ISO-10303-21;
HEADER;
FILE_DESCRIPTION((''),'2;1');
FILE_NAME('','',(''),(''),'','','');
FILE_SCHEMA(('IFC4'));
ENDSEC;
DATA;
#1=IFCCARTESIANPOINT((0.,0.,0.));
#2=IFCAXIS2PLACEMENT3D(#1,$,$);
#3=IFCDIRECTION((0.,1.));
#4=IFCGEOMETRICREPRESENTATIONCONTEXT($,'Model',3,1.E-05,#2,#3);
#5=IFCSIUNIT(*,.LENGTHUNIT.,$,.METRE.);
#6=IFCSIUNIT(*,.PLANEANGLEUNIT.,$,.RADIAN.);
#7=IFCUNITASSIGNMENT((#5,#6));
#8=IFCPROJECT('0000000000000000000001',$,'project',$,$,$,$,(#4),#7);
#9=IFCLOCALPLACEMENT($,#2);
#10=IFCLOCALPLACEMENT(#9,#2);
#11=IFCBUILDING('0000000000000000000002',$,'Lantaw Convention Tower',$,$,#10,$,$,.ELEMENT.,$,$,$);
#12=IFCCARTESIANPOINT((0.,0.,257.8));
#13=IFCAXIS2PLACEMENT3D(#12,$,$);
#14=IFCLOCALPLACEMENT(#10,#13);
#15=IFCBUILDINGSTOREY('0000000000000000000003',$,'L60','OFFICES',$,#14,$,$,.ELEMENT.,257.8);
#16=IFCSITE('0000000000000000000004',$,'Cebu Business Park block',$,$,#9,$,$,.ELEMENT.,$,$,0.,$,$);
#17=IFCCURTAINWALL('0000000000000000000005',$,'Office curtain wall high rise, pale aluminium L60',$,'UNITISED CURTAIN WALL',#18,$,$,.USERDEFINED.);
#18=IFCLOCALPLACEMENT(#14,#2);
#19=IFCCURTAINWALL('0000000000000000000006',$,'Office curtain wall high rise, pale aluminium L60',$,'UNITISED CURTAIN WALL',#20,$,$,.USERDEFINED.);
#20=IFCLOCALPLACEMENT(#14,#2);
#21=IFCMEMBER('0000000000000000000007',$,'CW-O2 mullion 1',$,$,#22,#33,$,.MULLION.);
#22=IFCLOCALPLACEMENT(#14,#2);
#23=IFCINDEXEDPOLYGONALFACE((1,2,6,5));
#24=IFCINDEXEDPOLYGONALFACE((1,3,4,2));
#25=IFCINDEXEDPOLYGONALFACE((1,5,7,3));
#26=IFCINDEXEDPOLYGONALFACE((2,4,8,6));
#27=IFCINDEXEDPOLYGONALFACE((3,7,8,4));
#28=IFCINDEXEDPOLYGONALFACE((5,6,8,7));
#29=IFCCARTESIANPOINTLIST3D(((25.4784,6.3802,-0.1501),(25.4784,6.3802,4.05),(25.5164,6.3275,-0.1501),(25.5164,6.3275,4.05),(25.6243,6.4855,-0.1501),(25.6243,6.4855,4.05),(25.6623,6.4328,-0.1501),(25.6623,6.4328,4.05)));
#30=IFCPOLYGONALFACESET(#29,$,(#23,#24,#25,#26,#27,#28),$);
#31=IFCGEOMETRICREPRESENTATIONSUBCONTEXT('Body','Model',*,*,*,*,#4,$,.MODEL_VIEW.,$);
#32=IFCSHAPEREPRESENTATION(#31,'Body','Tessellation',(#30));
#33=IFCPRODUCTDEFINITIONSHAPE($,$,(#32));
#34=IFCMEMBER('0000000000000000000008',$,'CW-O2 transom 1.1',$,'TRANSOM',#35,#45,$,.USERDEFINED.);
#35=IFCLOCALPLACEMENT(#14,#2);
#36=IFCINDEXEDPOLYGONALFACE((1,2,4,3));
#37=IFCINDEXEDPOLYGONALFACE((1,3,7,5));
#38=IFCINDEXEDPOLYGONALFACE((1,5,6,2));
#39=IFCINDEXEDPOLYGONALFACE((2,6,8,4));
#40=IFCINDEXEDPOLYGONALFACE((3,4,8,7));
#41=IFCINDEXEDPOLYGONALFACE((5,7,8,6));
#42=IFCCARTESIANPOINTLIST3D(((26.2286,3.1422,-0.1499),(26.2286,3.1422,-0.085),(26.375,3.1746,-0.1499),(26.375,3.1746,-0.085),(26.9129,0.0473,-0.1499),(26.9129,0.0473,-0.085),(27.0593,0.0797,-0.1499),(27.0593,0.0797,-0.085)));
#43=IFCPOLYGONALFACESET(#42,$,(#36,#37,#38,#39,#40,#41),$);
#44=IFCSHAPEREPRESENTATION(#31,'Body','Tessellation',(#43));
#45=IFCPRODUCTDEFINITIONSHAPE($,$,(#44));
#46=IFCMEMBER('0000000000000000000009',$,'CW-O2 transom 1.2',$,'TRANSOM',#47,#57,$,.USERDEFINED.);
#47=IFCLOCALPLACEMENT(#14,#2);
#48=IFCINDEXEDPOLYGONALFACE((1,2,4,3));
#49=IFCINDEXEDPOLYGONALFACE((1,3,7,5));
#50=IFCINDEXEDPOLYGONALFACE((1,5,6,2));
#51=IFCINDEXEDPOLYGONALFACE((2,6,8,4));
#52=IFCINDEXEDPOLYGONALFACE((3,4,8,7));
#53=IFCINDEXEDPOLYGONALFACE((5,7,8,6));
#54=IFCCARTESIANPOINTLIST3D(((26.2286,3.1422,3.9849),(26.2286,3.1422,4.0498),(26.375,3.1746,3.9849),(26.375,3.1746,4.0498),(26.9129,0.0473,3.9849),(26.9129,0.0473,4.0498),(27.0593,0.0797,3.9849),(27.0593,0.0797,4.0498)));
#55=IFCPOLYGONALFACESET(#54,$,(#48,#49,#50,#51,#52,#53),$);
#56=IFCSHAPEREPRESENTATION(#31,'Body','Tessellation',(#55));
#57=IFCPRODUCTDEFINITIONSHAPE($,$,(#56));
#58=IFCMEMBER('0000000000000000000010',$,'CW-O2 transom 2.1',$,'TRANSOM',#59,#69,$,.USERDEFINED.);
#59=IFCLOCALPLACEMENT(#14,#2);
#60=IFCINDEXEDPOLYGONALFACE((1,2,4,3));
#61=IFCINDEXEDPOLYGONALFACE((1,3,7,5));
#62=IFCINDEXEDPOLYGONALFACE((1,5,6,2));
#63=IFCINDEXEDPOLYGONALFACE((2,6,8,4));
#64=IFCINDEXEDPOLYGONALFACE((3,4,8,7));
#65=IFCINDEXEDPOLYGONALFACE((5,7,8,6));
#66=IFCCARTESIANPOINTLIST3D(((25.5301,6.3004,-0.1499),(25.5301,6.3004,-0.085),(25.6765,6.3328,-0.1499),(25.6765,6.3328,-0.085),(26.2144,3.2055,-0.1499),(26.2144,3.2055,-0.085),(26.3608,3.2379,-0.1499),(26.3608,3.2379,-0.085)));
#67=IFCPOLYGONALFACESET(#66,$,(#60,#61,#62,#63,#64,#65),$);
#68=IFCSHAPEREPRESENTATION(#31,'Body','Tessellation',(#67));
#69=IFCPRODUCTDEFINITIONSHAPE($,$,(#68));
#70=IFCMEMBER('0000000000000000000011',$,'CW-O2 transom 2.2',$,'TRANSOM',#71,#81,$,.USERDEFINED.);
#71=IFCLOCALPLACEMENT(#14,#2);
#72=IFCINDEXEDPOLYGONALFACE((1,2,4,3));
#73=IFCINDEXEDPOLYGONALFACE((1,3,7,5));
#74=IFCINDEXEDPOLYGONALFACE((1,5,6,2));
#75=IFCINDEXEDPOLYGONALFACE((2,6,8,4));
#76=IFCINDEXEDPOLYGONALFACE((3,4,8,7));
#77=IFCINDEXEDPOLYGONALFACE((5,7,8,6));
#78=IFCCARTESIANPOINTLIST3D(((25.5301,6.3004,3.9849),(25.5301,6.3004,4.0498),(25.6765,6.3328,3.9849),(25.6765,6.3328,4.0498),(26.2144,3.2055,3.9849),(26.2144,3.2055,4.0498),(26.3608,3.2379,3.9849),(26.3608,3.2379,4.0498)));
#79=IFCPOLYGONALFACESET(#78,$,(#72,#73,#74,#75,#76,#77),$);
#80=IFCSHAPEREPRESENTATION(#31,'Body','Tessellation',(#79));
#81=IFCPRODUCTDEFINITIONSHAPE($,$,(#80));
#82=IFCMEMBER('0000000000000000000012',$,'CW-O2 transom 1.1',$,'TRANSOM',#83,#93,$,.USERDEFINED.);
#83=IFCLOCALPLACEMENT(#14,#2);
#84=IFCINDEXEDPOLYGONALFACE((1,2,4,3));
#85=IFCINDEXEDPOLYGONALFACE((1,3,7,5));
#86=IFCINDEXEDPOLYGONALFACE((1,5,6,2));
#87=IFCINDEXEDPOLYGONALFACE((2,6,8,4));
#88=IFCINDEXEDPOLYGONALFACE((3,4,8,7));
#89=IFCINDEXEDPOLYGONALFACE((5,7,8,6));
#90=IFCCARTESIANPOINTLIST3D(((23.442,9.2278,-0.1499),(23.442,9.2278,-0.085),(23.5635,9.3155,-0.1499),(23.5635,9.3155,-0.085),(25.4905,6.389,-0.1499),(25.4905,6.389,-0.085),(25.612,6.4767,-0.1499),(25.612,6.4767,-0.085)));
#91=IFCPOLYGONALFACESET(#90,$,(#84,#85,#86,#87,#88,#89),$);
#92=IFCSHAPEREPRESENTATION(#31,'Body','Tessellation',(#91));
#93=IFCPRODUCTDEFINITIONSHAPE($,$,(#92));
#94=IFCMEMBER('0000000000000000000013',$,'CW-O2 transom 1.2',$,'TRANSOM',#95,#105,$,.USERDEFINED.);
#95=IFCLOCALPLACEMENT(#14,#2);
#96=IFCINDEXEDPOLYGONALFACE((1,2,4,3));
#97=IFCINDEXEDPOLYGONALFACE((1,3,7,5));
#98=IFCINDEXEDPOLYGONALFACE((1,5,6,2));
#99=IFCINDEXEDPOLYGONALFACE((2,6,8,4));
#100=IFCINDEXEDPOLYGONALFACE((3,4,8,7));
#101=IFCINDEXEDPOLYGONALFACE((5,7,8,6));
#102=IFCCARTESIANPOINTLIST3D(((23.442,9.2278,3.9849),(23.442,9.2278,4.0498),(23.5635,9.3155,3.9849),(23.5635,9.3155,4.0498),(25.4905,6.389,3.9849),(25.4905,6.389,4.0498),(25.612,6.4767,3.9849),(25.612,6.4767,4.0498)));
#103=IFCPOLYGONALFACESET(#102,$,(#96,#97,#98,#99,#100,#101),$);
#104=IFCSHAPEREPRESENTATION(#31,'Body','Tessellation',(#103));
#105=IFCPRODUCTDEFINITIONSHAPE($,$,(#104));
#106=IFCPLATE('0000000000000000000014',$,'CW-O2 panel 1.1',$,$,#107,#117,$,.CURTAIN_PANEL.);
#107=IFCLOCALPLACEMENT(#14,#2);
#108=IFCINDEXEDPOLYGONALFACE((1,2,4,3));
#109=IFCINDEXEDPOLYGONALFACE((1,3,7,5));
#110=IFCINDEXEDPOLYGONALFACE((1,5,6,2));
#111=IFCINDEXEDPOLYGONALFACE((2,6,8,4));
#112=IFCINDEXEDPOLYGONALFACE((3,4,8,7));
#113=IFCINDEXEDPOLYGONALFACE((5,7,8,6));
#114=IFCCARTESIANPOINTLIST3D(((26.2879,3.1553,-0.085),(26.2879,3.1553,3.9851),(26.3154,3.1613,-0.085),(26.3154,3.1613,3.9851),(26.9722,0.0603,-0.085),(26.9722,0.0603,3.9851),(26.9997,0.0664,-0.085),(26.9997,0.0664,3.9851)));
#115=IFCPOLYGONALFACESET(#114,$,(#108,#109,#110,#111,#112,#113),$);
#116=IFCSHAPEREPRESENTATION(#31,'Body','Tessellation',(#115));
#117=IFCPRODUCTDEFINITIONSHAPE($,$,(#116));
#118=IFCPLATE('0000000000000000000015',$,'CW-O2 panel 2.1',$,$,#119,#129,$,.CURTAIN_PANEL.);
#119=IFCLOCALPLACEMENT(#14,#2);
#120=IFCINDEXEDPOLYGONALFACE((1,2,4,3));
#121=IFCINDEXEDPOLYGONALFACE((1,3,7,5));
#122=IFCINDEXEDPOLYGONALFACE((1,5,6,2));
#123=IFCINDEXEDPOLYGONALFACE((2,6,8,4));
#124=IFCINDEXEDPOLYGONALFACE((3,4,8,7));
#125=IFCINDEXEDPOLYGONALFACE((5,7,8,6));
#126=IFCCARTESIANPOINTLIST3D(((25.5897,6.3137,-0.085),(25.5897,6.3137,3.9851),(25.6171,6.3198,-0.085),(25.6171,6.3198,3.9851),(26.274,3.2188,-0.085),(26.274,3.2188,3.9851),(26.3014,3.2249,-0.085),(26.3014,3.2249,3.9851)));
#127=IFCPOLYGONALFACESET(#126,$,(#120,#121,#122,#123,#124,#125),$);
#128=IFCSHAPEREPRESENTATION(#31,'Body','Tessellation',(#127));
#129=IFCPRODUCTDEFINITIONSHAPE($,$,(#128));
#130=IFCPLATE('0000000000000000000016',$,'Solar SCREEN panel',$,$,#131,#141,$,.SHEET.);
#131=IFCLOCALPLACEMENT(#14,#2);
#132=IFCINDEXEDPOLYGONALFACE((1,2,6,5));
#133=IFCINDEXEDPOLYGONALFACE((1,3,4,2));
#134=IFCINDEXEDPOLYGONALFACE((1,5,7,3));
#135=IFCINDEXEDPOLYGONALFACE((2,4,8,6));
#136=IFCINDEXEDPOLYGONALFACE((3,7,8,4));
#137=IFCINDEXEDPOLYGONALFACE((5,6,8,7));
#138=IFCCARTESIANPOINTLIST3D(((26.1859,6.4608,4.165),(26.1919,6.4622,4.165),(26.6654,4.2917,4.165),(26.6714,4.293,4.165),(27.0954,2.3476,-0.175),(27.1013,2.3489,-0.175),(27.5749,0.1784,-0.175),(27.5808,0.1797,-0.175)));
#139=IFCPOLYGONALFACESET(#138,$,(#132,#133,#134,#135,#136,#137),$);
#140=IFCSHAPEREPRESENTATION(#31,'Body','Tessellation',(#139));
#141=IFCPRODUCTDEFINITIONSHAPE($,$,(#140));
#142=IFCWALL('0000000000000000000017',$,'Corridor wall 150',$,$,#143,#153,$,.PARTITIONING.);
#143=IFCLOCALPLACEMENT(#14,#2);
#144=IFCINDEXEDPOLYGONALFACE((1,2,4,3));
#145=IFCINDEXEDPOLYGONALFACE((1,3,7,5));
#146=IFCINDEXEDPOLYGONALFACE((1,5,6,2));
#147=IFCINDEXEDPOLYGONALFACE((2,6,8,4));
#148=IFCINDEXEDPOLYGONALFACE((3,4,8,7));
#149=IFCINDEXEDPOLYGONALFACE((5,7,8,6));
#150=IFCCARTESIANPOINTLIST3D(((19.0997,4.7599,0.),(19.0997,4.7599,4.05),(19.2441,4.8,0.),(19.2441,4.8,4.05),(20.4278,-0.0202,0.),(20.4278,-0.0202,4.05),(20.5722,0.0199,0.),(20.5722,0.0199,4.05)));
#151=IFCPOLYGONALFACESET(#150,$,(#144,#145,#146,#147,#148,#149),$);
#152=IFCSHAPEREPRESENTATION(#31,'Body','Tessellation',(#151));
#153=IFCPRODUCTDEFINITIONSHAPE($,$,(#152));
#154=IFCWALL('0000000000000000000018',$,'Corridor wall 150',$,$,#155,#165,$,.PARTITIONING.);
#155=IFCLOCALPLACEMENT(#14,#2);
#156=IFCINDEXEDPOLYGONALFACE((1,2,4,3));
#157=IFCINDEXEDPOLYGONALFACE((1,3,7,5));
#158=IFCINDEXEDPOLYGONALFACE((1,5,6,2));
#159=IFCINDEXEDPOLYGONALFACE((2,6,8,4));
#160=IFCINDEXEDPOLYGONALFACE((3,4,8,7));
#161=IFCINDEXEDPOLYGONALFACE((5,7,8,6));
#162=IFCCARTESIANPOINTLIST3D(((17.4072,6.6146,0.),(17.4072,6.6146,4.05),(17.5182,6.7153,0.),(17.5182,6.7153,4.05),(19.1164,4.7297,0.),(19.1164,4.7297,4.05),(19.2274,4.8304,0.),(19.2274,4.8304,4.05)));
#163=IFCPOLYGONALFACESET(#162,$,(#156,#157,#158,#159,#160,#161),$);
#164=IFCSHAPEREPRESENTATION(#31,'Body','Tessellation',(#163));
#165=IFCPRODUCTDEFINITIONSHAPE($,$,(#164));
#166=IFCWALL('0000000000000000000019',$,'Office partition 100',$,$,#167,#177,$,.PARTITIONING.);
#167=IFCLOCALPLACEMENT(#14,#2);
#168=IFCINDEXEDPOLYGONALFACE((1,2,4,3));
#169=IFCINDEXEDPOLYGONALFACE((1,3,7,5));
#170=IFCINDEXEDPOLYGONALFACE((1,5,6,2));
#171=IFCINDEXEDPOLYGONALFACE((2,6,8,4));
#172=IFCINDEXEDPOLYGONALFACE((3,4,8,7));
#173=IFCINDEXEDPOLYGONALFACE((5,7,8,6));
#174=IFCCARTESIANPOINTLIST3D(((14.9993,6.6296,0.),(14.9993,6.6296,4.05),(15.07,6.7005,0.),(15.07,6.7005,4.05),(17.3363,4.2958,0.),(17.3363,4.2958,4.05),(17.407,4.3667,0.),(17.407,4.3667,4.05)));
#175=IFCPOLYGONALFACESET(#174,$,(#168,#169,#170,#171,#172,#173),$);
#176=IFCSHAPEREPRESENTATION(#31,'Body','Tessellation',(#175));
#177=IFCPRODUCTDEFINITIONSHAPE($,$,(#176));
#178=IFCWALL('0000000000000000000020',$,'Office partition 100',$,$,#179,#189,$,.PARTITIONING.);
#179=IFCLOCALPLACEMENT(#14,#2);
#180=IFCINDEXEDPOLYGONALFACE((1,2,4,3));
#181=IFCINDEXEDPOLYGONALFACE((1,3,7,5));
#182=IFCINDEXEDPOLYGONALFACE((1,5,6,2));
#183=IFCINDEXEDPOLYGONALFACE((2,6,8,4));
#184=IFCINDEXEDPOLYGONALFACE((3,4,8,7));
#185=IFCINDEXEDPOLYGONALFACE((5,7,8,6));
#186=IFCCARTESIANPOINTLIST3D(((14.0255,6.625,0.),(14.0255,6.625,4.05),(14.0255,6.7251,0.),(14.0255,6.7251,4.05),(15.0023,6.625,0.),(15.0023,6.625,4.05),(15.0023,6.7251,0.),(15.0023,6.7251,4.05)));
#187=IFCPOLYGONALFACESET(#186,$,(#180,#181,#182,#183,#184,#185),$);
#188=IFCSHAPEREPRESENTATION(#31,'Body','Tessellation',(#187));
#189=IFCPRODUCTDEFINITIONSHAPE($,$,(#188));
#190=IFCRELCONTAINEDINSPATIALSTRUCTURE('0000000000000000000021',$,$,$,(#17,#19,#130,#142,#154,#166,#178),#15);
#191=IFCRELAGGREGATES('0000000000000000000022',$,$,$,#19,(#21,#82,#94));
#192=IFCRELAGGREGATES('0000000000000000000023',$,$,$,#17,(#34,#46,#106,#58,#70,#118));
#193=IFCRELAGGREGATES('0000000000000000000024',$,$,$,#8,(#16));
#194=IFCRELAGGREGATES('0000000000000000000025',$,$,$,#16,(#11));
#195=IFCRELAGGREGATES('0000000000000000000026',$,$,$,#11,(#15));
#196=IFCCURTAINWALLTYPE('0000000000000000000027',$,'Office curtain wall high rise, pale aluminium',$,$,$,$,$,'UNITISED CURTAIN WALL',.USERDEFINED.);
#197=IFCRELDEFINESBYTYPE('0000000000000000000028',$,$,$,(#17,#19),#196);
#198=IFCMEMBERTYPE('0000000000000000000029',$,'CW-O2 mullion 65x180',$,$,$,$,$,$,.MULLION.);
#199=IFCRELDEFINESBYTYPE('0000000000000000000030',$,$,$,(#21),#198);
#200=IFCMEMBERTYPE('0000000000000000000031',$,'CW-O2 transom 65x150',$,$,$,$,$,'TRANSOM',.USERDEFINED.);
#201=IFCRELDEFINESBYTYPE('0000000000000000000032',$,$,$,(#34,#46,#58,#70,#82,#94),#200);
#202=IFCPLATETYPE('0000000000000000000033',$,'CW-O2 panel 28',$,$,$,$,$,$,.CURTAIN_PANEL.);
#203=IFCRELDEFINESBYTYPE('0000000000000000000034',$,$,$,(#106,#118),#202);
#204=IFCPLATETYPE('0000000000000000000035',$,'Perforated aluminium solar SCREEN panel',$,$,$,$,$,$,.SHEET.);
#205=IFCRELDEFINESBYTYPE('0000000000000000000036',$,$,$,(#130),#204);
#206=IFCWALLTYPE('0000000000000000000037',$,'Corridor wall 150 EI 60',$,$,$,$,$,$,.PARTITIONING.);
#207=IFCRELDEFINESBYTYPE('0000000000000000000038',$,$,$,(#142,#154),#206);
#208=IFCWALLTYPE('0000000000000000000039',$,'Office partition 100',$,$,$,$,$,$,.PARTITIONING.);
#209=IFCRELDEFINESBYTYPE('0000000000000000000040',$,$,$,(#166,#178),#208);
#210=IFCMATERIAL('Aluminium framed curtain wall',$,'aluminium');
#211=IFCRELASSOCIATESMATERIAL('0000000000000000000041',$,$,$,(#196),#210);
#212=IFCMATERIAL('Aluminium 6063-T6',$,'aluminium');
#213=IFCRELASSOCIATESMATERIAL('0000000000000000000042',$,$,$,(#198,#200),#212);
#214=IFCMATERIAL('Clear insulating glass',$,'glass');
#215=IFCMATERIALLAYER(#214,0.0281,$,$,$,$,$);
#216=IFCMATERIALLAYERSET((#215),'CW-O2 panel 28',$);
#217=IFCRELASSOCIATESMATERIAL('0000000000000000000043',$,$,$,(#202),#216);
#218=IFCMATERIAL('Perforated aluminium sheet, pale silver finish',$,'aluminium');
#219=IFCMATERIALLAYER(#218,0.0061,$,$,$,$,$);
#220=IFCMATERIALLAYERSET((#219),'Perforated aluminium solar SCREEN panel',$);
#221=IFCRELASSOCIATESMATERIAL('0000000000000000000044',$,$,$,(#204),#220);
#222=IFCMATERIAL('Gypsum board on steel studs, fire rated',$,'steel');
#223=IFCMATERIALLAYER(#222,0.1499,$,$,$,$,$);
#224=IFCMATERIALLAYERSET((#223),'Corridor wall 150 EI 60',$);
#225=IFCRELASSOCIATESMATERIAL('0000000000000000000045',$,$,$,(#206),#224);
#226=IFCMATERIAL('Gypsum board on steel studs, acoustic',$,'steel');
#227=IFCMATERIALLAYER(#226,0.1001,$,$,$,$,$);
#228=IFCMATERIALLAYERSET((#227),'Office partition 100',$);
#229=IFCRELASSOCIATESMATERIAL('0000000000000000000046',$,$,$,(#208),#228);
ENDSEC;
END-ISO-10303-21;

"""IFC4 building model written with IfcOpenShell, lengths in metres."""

from ifc_helpers import new_model, si_unit, direction, frame, frame_2d, origin, origin_2d, place, context, subcontext, project, spatial, polyline, rectangle, outline, extrude, material, layer, layer_set, material_profile, profile_set, type_object, element, aggregate, save


model = new_model("IFC4")

# Units and contexts
model_context = context("Model", 3, precision=1e-05, world=origin(), true_north=direction((0.0, 1.0)))
body_context = subcontext(model_context, "Body", "Model", "MODEL_VIEW")
ifc_project = project(units=[si_unit("LENGTHUNIT", "METRE"), si_unit("PLANEANGLEUNIT", "RADIAN")], contexts=[model_context])

# Site, building, storey
site_placement = place(None, origin())
site = spatial("IfcSite", under=ifc_project, at=site_placement, Name="Cebu Business Park block", CompositionType="ELEMENT", RefElevation=0.0)
building_placement = place(site_placement, origin())
building = spatial("IfcBuilding", under=site, at=building_placement, Name="Lantaw Convention Tower", CompositionType="ELEMENT")
storey_placement = place(building_placement, frame((0.0, 0.0, 257.8)))
storey = spatial("IfcBuildingStorey", under=building, at=storey_placement, Name="L60", Description="OFFICES", CompositionType="ELEMENT", Elevation=257.8)

# Curtain wall
ifc_material_1 = material(Name="Aluminium framed curtain wall", Category="aluminium")
curtain_wall_type = type_object("IfcCurtainWallType", Name="Office curtain wall high rise, pale aluminium", ElementType="UNITISED CURTAIN WALL", PredefinedType="USERDEFINED", material=ifc_material_1)
curtain_wall_1_placement = place(storey_placement, origin())
curtain_wall_1 = element("IfcCurtainWall", 1, at=curtain_wall_1_placement, inside=storey, type_object=curtain_wall_type, Name="Office curtain wall high rise, pale aluminium L60", ObjectType="UNITISED CURTAIN WALL", PredefinedType="USERDEFINED")
ifc_material_2 = material(Name="Aluminium 6063-T6", Category="aluminium")
ifc_material_profile_1 = material_profile(ifc_material_2, rectangle(XDim=0.1799, YDim=0.0649, at=origin_2d()), Name="CW-O2 mullion 65x180")
ifc_profile_set_1 = profile_set([ifc_material_profile_1], Name="Aluminium 6063-T6")
member_type_1 = type_object("IfcMemberType", Name="CW-O2 mullion 65x180", PredefinedType="MULLION", material=ifc_profile_set_1)

# Curtain wall, member
curtain_wall_2_placement = place(storey_placement, origin())
curtain_wall_2 = element("IfcCurtainWall", 2, at=curtain_wall_2_placement, inside=storey, type_object=curtain_wall_type, Name="Office curtain wall high rise, pale aluminium L60", ObjectType="UNITISED CURTAIN WALL", PredefinedType="USERDEFINED")
member_1_placement = place(storey_placement, frame((25.5703, 6.4065, -0.1501), z_axis=(0.0, 0.0, 1.0), x_axis=(-0.81092, -0.585158, 0.0)))
member_1 = element("IfcMember", 3, at=member_1_placement, type_object=member_type_1, Name="CW-O2 mullion 1", PredefinedType="MULLION", context=body_context, shape_type="SweptSolid", body=[
    extrude(rectangle(XDim=0.1799, YDim=0.0649, at=origin_2d()), origin(), (0.0, 0.0, 1.0), 4.2002),
])

# Members
ifc_material_profile_2 = material_profile(ifc_material_2, rectangle(XDim=0.1499, YDim=0.0649, at=origin_2d()), Name="CW-O2 transom 65x150")
ifc_profile_set_2 = profile_set([ifc_material_profile_2], Name="Aluminium 6063-T6")
member_type_2 = type_object("IfcMemberType", Name="CW-O2 transom 65x150", ElementType="TRANSOM", PredefinedType="USERDEFINED", material=ifc_profile_set_2)
member_2_placement = place(storey_placement, frame((26.9861, 0.0635, -0.1174), z_axis=(-0.215895, 0.976417, 0.0), x_axis=(-0.976417, -0.215895, 0.0)))
member_2 = element("IfcMember", 4, at=member_2_placement, type_object=member_type_2, Name="CW-O2 transom 1.1", ObjectType="TRANSOM", PredefinedType="USERDEFINED", context=body_context, shape_type="SweptSolid", body=[
    extrude(rectangle(XDim=0.1499, YDim=0.0649, at=origin_2d()), origin(), (0.0, 0.0, 1.0), 3.1697),
])
member_3_placement = place(storey_placement, frame((26.9861, 0.0635, 4.0173), z_axis=(-0.215895, 0.976417, 0.0), x_axis=(-0.976417, -0.215895, 0.0)))
member_3 = element("IfcMember", 5, at=member_3_placement, type_object=member_type_2, Name="CW-O2 transom 1.2", ObjectType="TRANSOM", PredefinedType="USERDEFINED", context=body_context, shape_type="SweptSolid", body=[
    extrude(rectangle(XDim=0.1499, YDim=0.0649, at=origin_2d()), origin(), (0.0, 0.0, 1.0), 3.1697),
])
member_4_placement = place(storey_placement, frame((26.2876, 3.2217, -0.1174), z_axis=(-0.215895, 0.976417, 0.0), x_axis=(-0.976417, -0.215895, 0.0)))
member_4 = element("IfcMember", 6, at=member_4_placement, type_object=member_type_2, Name="CW-O2 transom 2.1", ObjectType="TRANSOM", PredefinedType="USERDEFINED", context=body_context, shape_type="SweptSolid", body=[
    extrude(rectangle(XDim=0.1499, YDim=0.0649, at=origin_2d()), origin(), (0.0, 0.0, 1.0), 3.1697),
])
member_5_placement = place(storey_placement, frame((26.2876, 3.2217, 4.0173), z_axis=(-0.215895, 0.976417, 0.0), x_axis=(-0.976417, -0.215895, 0.0)))
member_5 = element("IfcMember", 7, at=member_5_placement, type_object=member_type_2, Name="CW-O2 transom 2.2", ObjectType="TRANSOM", PredefinedType="USERDEFINED", context=body_context, shape_type="SweptSolid", body=[
    extrude(rectangle(XDim=0.1499, YDim=0.0649, at=origin_2d()), origin(), (0.0, 0.0, 1.0), 3.1697),
])
member_6_placement = place(storey_placement, frame((25.5513, 6.4329, -0.1174), z_axis=(-0.58517, 0.810911, 0.0), x_axis=(-0.810911, -0.58517, 0.0)))
member_6 = element("IfcMember", 8, at=member_6_placement, type_object=member_type_2, Name="CW-O2 transom 1.1", ObjectType="TRANSOM", PredefinedType="USERDEFINED", context=body_context, shape_type="SweptSolid", body=[
    extrude(rectangle(XDim=0.1499, YDim=0.0649, at=origin_2d()), origin(), (0.0, 0.0, 1.0), 3.5007),
])
member_7_placement = place(storey_placement, frame((25.5513, 6.4329, 4.0173), z_axis=(-0.58517, 0.810911, 0.0), x_axis=(-0.810911, -0.58517, 0.0)))
member_7 = element("IfcMember", 9, at=member_7_placement, type_object=member_type_2, Name="CW-O2 transom 1.2", ObjectType="TRANSOM", PredefinedType="USERDEFINED", context=body_context, shape_type="SweptSolid", body=[
    extrude(rectangle(XDim=0.1499, YDim=0.0649, at=origin_2d()), origin(), (0.0, 0.0, 1.0), 3.5007),
])
aggregate(curtain_wall_2, [member_1, member_6, member_7])

# Plates
ifc_material_3 = material(Name="Clear insulating glass", Category="glass")
ifc_layer_1 = layer(ifc_material_3, 0.0281)
ifc_layer_set_1 = layer_set([ifc_layer_1], Name="CW-O2 panel 28")
plate_type_1 = type_object("IfcPlateType", Name="CW-O2 panel 28", PredefinedType="CURTAIN_PANEL", material=ifc_layer_set_1)
plate_1_placement = place(storey_placement, frame((26.6438, 1.6108, -0.085), z_axis=(0.0, 0.0, 1.0), x_axis=(-0.215891, 0.976417, 0.0)))
plate_1 = element("IfcPlate", 10, at=plate_1_placement, type_object=plate_type_1, Name="CW-O2 panel 1.1", PredefinedType="CURTAIN_PANEL", context=body_context, shape_type="SweptSolid", body=[
    extrude(rectangle(XDim=3.1697, YDim=0.0281, at=origin_2d()), origin(), (0.0, 0.0, 1.0), 4.0701),
])
plate_2_placement = place(storey_placement, frame((25.9456, 4.7693, -0.085), z_axis=(0.0, 0.0, 1.0), x_axis=(-0.215891, 0.976417, 0.0)))
plate_2 = element("IfcPlate", 11, at=plate_2_placement, type_object=plate_type_1, Name="CW-O2 panel 2.1", PredefinedType="CURTAIN_PANEL", context=body_context, shape_type="SweptSolid", body=[
    extrude(rectangle(XDim=3.1697, YDim=0.0281, at=origin_2d()), origin(), (0.0, 0.0, 1.0), 4.0701),
])
aggregate(curtain_wall_1, [member_2, member_3, plate_1, member_4, member_5, plate_2])
ifc_material_4 = material(Name="Perforated aluminium sheet, pale silver finish", Category="aluminium")
ifc_layer_2 = layer(ifc_material_4, 0.0061)
ifc_layer_set_2 = layer_set([ifc_layer_2], Name="Perforated aluminium solar SCREEN panel")
plate_type_2 = type_object("IfcPlateType", Name="Perforated aluminium solar SCREEN panel", PredefinedType="SHEET", material=ifc_layer_set_2)
plate_3_placement = place(storey_placement, frame((27.5808, 0.1797, -0.175), z_axis=(0.97643, 0.215837, 0.000044), x_axis=(-0.215837, 0.97643, 0.0)))
element("IfcPlate", 12, at=plate_3_placement, inside=storey, type_object=plate_type_2, Name="Solar SCREEN panel", PredefinedType="SHEET", context=body_context, shape_type="SweptSolid", body=[
    extrude(outline(polyline([(0.0, 0.0), (2.2216, 0.0), (6.4342, 4.3401), (4.2126, 4.3401), (0.0, 0.0)])), origin(), (0.0, 0.0, -1.0), 0.0061),
])

# Walls
ifc_material_5 = material(Name="Gypsum board on steel studs, fire rated", Category="steel")
ifc_layer_3 = layer(ifc_material_5, 0.1499)
ifc_layer_set_3 = layer_set([ifc_layer_3], Name="Corridor wall 150 EI 60")
wall_type_1 = type_object("IfcWallType", Name="Corridor wall 150 EI 60", PredefinedType="PARTITIONING", material=ifc_layer_set_3)
wall_1_placement = place(storey_placement, frame((20.5, 0.0, 0.0), z_axis=(0.0, 0.0, 1.0), x_axis=(-0.267707, 0.9635, 0.0)))
element("IfcWall", 13, at=wall_1_placement, inside=storey, type_object=wall_type_1, Name="Corridor wall 150", PredefinedType="PARTITIONING", context=body_context, shape_type="SweptSolid", body=[
    extrude(rectangle(XDim=4.9612, YDim=0.1499, at=frame_2d((2.4805, 0.0))), origin(), (0.0, 0.0, 1.0), 4.05),
])
wall_2_placement = place(storey_placement, frame((19.1719, 4.78, 0.0), z_axis=(0.0, 0.0, 1.0), x_axis=(-0.671722, 0.740803, 0.0)))
element("IfcWall", 14, at=wall_2_placement, inside=storey, type_object=wall_type_1, Name="Corridor wall 150", PredefinedType="PARTITIONING", context=body_context, shape_type="SweptSolid", body=[
    extrude(rectangle(XDim=2.5444, YDim=0.1499, at=frame_2d((1.2722, 0.0))), origin(), (0.0, 0.0, 1.0), 4.05),
])
ifc_material_6 = material(Name="Gypsum board on steel studs, acoustic", Category="steel")
ifc_layer_4 = layer(ifc_material_6, 0.1001)
ifc_layer_set_4 = layer_set([ifc_layer_4], Name="Office partition 100")
wall_type_2 = type_object("IfcWallType", Name="Office partition 100", PredefinedType="PARTITIONING", material=ifc_layer_set_4)
wall_3_placement = place(storey_placement, frame((15.0347, 6.665, 0.0), z_axis=(0.0, 0.0, 1.0), x_axis=(0.707587, -0.706626, 0.0)))
element("IfcWall", 15, at=wall_3_placement, inside=storey, type_object=wall_type_2, Name="Office partition 100", PredefinedType="PARTITIONING", context=body_context, shape_type="SweptSolid", body=[
    extrude(rectangle(XDim=3.3027, YDim=0.1001, at=frame_2d((1.6514, 0.0))), origin(), (0.0, 0.0, 1.0), 4.05),
])
wall_4_placement = place(storey_placement, frame((15.0022, 6.675, 0.0), z_axis=(0.0, 0.0, 1.0), x_axis=(-1.0, 0.0, 0.0)))
element("IfcWall", 16, at=wall_4_placement, inside=storey, type_object=wall_type_2, Name="Office partition 100", PredefinedType="PARTITIONING", context=body_context, shape_type="SweptSolid", body=[
    extrude(rectangle(XDim=0.9768, YDim=0.1001, at=frame_2d((0.4883, 0.0))), origin(), (0.0, 0.0, 1.0), 4.05),
])

save(model, "model.ifc")
